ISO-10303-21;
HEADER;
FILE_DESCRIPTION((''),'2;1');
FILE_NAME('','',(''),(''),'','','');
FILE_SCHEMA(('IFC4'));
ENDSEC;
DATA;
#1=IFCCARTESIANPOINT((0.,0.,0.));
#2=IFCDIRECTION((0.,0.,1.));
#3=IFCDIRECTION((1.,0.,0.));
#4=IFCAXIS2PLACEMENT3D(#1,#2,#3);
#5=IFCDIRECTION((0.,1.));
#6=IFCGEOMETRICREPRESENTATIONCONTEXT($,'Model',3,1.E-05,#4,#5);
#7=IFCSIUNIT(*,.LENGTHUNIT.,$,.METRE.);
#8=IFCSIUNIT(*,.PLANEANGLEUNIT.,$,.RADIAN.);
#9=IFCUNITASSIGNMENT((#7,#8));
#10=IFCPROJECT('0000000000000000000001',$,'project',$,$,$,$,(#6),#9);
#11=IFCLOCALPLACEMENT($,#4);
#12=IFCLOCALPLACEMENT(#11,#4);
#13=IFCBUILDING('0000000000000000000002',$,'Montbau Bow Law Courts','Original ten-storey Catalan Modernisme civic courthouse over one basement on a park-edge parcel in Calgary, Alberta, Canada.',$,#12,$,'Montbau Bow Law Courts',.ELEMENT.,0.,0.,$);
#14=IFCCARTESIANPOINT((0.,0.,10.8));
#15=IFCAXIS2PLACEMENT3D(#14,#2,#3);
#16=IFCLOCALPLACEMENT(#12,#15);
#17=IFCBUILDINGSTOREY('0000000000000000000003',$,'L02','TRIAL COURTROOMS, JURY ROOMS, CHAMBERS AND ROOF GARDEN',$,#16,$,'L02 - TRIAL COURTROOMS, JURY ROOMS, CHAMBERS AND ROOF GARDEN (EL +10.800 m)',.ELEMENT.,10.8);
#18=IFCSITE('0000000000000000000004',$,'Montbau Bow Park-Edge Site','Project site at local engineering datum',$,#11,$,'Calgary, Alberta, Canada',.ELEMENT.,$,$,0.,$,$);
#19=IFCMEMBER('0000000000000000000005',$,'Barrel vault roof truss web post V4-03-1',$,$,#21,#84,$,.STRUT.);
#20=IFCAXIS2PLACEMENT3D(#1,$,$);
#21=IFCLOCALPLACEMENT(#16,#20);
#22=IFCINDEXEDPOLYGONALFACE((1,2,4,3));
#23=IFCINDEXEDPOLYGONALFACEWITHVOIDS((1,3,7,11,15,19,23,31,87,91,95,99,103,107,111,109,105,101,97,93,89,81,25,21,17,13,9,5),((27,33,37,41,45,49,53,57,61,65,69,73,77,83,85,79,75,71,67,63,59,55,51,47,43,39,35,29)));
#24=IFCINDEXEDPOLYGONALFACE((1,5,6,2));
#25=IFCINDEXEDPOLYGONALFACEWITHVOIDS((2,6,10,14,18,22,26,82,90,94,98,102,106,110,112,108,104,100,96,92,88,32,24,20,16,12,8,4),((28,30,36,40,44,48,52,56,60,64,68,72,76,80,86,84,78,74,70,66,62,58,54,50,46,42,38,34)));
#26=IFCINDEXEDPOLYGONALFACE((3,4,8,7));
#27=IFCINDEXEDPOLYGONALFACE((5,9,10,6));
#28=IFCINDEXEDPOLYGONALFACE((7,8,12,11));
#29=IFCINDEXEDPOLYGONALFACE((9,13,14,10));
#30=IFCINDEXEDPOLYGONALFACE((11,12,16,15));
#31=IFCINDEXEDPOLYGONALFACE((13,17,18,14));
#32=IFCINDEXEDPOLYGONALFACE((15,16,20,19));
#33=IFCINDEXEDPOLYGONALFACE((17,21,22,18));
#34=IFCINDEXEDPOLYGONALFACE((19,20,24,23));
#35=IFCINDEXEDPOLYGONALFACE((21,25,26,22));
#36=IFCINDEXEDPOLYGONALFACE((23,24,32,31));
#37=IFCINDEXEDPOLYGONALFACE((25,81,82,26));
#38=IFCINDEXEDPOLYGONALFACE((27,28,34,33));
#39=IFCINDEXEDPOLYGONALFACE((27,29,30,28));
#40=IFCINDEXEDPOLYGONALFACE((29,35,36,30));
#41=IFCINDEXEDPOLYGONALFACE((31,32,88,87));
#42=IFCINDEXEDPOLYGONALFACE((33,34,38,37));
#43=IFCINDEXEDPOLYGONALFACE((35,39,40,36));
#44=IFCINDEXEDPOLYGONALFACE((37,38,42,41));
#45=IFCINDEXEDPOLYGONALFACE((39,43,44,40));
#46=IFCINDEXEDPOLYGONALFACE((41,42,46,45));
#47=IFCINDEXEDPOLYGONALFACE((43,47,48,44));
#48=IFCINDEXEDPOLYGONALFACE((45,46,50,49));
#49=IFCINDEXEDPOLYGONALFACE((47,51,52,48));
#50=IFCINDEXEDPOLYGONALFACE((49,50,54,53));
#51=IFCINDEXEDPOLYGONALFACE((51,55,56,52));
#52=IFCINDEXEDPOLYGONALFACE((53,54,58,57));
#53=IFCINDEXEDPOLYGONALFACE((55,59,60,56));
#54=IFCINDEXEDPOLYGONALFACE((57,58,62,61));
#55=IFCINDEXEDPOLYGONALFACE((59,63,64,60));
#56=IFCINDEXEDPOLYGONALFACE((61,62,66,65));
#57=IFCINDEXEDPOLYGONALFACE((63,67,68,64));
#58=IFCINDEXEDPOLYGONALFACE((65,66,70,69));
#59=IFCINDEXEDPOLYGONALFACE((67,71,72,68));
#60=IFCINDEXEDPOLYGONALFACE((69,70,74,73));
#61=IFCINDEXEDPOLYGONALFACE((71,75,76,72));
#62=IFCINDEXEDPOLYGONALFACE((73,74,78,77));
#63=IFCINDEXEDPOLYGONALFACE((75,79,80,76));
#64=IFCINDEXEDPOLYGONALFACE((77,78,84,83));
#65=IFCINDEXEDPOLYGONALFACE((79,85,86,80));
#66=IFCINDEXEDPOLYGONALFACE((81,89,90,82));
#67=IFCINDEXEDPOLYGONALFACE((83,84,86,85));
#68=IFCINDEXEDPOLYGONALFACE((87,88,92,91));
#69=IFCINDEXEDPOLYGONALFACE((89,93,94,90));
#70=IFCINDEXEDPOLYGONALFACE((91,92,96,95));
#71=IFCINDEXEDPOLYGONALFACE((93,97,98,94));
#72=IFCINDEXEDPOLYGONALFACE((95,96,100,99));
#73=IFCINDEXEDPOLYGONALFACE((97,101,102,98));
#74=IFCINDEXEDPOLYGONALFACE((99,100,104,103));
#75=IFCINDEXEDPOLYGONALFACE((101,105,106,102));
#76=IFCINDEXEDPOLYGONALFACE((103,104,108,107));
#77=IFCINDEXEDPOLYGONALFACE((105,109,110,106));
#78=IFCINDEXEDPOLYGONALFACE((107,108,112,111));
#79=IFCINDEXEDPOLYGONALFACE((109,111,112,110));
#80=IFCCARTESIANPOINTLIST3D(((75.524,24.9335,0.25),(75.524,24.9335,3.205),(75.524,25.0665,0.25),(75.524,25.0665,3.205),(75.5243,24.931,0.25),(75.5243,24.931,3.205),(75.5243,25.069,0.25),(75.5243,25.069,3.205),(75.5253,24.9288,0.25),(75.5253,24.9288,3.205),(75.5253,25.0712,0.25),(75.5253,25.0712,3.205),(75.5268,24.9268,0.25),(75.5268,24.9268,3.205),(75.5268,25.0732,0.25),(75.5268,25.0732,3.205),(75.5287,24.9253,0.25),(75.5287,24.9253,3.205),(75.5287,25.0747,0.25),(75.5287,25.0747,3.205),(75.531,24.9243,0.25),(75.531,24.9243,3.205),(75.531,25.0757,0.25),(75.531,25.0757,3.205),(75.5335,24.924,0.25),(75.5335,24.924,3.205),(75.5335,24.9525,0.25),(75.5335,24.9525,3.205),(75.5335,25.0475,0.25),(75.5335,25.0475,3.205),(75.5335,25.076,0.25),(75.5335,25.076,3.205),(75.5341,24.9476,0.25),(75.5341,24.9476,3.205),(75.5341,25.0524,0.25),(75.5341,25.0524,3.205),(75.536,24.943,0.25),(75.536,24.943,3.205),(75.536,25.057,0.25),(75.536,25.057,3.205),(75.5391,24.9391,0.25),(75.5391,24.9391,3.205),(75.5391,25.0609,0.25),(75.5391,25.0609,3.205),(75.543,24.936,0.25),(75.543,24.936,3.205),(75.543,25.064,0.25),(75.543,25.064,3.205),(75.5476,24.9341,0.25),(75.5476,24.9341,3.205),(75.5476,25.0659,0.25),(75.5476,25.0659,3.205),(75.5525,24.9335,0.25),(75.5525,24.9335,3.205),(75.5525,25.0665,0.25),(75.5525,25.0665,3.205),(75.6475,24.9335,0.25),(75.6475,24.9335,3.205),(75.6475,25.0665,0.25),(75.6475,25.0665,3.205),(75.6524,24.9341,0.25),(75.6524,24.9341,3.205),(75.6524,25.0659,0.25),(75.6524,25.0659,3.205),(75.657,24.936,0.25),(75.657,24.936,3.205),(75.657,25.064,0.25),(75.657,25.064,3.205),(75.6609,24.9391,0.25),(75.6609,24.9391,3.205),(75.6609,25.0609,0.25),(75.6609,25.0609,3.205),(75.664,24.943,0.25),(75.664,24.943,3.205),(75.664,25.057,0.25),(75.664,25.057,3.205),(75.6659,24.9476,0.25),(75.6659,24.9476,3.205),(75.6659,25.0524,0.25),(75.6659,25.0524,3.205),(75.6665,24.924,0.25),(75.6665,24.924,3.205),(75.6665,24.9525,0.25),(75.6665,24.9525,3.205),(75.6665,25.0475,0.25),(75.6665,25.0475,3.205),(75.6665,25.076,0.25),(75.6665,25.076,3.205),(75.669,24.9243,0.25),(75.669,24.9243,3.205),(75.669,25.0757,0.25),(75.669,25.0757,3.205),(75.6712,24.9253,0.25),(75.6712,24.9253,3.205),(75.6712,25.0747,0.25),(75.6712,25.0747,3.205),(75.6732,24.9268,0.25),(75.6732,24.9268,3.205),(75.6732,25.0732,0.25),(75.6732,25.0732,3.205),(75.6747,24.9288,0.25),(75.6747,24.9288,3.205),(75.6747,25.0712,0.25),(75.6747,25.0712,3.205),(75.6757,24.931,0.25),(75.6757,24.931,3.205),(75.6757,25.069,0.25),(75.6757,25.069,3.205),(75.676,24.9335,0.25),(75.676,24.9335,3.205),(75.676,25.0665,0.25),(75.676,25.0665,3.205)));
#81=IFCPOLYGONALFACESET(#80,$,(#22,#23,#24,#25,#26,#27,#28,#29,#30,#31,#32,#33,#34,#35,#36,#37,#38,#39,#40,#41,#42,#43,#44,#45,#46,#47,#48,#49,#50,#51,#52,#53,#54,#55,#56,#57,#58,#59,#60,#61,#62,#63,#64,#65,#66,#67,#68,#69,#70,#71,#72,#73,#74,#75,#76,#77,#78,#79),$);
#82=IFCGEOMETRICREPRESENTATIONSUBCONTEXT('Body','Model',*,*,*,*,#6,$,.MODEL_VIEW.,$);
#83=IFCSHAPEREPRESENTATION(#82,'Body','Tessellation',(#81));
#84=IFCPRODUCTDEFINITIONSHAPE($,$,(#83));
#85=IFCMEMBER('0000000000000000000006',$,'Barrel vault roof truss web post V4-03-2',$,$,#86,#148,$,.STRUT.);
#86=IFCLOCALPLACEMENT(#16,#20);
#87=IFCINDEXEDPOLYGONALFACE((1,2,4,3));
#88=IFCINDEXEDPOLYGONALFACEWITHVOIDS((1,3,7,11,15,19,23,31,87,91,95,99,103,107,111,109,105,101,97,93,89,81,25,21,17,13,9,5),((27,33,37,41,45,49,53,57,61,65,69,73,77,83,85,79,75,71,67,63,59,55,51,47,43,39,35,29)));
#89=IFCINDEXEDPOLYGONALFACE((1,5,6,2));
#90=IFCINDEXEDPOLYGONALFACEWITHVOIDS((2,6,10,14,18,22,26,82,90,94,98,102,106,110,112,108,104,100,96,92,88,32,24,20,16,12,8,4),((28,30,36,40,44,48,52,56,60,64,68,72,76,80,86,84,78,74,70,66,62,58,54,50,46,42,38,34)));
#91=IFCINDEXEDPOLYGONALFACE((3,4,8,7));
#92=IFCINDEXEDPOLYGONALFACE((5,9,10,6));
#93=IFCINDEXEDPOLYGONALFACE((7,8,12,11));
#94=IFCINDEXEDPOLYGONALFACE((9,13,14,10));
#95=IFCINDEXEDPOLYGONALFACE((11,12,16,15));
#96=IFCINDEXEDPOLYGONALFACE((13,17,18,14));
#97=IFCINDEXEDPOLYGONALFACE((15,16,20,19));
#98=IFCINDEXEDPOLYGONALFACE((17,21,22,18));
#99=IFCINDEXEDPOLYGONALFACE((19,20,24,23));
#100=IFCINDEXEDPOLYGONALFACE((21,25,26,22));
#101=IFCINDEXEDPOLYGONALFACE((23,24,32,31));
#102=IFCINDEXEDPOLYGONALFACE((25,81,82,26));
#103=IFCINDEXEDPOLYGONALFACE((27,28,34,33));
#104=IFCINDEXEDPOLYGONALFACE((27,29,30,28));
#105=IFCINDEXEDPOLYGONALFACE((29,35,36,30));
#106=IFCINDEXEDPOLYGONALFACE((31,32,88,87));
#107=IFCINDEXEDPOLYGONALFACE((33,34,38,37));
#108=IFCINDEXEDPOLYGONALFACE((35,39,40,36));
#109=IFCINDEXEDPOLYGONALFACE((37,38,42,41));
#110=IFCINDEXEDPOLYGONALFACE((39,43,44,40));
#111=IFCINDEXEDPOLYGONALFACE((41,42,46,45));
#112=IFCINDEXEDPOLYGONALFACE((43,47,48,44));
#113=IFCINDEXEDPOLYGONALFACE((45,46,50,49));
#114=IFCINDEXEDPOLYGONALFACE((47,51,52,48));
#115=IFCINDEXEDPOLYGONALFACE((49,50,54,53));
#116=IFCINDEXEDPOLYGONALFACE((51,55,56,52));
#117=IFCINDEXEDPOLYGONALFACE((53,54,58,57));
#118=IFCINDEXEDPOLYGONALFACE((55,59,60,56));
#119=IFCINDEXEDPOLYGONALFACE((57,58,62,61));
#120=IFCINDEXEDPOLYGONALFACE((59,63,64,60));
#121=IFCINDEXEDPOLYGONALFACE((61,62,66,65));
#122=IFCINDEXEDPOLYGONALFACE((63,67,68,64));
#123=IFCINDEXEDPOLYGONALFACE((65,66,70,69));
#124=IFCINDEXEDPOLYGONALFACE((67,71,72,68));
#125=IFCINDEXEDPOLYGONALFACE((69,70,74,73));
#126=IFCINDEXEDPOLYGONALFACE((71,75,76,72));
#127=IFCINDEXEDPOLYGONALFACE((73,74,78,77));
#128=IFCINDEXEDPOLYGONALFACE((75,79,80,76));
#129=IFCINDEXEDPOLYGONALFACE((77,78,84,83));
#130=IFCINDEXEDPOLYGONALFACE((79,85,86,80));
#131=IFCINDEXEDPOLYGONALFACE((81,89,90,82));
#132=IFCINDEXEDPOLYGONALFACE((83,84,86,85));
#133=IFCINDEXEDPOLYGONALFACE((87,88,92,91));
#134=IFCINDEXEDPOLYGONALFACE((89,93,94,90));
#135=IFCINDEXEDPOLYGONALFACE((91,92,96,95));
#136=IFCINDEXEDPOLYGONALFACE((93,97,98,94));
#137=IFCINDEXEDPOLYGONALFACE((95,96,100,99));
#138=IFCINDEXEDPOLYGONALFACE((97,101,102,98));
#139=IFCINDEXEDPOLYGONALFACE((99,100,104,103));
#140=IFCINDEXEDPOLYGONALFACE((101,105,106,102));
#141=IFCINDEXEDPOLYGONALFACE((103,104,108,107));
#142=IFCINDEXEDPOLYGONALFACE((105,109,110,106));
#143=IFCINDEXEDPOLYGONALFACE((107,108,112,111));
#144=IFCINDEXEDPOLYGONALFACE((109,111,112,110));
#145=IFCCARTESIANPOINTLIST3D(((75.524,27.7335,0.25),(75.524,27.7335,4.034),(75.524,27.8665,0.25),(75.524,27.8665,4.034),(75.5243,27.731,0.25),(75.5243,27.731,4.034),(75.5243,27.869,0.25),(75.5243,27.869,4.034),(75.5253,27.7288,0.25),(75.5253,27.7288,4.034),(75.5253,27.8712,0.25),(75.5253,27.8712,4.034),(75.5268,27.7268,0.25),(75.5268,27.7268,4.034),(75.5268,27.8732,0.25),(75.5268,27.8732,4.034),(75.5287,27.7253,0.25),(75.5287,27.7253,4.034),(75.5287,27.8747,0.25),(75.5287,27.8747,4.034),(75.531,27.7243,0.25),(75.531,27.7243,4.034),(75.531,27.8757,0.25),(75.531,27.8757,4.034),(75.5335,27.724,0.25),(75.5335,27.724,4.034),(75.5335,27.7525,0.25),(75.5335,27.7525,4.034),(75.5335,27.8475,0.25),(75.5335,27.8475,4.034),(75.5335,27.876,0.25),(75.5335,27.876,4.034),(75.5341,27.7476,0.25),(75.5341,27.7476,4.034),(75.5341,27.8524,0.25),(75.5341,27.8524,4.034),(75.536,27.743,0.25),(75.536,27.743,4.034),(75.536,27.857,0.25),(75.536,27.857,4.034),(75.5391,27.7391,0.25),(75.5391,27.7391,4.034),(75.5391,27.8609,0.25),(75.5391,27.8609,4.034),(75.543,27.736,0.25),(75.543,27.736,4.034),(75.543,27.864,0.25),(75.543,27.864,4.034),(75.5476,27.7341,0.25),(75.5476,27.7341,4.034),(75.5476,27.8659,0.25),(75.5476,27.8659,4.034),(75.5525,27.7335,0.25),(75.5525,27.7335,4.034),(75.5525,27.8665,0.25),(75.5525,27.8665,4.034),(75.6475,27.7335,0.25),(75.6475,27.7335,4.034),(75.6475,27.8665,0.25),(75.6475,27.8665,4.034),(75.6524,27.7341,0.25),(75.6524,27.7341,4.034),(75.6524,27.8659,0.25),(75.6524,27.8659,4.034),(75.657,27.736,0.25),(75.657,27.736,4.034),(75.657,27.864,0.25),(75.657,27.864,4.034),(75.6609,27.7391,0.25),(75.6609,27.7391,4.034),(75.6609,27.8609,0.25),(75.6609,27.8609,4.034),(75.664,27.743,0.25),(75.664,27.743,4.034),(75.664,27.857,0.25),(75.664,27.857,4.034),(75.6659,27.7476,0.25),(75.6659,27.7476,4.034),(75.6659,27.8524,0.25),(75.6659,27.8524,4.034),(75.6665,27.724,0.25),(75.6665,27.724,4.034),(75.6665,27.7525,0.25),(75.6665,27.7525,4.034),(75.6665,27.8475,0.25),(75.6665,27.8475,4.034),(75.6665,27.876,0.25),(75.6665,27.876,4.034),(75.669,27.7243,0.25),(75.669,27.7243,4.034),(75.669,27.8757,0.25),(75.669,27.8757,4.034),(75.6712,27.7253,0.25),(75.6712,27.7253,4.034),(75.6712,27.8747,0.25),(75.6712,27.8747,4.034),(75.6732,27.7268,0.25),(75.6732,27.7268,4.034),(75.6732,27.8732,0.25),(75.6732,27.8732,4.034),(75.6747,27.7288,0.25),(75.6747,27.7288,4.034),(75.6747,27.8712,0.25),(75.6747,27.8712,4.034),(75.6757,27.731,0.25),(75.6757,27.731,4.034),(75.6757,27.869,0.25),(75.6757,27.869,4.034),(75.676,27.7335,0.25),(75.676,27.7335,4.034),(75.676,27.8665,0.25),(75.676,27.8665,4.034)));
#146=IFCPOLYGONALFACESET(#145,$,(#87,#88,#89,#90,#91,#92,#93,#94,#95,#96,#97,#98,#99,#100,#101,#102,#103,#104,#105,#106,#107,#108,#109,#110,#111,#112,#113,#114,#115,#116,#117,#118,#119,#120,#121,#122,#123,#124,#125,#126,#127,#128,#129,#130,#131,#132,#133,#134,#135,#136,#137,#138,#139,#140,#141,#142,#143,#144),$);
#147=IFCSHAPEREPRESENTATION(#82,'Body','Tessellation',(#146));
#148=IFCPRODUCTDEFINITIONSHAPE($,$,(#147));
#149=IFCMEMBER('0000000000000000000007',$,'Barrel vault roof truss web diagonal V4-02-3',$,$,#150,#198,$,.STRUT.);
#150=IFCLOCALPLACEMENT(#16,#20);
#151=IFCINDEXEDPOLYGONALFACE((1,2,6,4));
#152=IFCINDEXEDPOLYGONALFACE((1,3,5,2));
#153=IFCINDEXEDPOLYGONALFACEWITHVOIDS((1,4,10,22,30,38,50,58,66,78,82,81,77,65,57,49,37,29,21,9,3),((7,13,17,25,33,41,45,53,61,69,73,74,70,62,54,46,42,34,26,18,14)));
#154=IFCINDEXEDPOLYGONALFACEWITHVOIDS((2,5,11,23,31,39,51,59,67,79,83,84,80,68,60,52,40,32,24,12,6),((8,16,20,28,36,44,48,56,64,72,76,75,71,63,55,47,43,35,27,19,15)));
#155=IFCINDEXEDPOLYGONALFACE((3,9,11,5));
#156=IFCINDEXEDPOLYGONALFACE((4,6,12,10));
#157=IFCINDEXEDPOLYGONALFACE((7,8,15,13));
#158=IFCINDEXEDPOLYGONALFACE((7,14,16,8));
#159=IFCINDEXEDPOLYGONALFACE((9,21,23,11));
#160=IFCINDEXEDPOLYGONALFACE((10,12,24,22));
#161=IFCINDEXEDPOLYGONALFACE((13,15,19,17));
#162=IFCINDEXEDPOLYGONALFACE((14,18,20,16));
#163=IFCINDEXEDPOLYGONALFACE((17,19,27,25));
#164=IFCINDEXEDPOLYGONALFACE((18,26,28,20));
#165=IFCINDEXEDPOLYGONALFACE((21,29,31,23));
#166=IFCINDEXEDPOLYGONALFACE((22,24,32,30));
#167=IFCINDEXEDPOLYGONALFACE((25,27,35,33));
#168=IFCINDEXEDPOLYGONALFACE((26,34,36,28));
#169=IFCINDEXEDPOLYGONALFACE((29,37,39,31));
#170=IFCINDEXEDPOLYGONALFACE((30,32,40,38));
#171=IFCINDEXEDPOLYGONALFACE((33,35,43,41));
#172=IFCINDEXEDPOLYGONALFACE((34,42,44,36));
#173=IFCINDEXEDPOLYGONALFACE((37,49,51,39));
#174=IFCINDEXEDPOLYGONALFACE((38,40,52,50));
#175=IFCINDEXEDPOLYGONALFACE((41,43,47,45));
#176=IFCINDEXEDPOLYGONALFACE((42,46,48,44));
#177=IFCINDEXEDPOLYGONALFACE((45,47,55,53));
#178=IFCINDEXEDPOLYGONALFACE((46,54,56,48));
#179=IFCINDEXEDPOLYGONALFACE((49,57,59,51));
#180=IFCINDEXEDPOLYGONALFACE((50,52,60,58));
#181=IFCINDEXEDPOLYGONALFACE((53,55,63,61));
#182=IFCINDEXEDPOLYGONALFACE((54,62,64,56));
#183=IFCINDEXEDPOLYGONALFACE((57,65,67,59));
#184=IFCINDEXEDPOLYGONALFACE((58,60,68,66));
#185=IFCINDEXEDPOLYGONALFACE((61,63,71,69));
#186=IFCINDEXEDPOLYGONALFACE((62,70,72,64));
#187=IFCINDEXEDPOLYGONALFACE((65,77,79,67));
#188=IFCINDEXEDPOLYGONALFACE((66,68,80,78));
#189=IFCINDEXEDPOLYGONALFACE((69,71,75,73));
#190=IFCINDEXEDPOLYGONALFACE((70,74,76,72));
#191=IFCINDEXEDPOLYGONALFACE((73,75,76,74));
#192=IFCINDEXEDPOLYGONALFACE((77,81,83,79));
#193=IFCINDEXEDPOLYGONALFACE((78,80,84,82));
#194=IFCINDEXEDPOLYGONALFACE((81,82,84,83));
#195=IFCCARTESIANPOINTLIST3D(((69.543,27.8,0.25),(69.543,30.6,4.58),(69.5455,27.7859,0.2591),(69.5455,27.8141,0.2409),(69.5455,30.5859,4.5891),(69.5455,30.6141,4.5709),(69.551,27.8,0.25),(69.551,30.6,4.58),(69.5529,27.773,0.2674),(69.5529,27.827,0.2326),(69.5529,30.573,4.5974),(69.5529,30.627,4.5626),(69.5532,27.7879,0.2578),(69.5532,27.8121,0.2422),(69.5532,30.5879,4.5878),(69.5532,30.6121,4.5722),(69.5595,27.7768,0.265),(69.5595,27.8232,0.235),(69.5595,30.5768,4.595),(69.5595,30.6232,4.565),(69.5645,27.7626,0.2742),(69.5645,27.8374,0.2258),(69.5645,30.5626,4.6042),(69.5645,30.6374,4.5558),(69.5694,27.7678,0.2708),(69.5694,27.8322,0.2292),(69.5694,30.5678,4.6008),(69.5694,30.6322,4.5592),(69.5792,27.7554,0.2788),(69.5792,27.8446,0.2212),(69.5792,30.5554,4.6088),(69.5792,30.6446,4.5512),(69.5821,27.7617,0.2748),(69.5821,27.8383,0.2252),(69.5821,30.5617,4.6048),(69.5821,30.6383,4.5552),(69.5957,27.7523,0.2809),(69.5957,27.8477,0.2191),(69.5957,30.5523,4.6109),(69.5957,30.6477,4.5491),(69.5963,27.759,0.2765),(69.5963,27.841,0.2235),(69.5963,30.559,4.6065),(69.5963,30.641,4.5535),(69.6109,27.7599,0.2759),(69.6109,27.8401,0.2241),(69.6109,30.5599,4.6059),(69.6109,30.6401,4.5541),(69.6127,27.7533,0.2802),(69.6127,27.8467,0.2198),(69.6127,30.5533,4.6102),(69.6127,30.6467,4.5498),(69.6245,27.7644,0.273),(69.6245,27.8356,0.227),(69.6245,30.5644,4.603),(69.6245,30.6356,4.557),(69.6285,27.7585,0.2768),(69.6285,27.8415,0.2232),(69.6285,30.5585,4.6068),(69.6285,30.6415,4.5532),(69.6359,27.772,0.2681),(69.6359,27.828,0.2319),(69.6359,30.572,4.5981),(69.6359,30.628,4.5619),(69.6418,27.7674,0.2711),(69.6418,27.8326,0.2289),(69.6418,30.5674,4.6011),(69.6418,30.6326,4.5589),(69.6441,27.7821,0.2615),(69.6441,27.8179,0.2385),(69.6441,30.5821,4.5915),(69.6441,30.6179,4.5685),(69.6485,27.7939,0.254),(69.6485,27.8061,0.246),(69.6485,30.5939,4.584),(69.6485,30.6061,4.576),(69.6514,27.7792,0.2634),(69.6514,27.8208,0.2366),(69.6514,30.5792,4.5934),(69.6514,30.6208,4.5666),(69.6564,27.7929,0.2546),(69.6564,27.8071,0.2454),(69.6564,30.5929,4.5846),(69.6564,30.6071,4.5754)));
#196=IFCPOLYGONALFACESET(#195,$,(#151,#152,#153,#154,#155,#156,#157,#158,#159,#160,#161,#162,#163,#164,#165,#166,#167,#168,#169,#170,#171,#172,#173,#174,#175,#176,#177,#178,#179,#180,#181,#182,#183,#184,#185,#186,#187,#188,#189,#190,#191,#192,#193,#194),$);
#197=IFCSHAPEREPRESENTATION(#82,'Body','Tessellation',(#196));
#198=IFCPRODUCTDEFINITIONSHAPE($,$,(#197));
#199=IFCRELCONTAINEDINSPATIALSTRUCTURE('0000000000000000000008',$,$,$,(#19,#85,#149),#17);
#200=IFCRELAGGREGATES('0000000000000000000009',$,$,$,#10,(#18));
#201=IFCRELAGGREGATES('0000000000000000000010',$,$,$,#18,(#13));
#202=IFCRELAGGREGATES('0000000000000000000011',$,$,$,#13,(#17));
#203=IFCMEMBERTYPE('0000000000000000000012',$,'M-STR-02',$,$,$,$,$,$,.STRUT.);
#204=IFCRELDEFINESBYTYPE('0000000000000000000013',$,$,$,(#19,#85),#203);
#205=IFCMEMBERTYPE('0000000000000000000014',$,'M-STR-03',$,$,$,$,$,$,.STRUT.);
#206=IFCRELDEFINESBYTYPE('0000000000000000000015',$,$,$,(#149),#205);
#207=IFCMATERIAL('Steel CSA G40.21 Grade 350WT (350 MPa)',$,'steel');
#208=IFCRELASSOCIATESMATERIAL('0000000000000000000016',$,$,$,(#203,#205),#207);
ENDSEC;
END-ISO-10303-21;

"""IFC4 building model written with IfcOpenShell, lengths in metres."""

from ifc_helpers import new_model, si_unit, direction, frame, origin_with_axes, origin_2d_with_axis, place, context, subcontext, project, spatial, hollow_rectangle, hollow_circle, extrude, material, material_profile, profile_set, type_object, element, save


model = new_model("IFC4")

# Units and contexts
model_context = context("Model", 3, precision=1e-05, world=origin_with_axes(), true_north=direction((0.0, 1.0)))
body_context = subcontext(model_context, "Body", "Model", "MODEL_VIEW")
ifc_project = project(units=[si_unit("LENGTHUNIT", "METRE"), si_unit("PLANEANGLEUNIT", "RADIAN")], contexts=[model_context])

# Site, building, storey
site_placement = place(None, origin_with_axes())
site = spatial("IfcSite", under=ifc_project, at=site_placement, Name="Montbau Bow Park-Edge Site", Description="Project site at local engineering datum", LongName="Calgary, Alberta, Canada", CompositionType="ELEMENT", RefElevation=0.0)
building_placement = place(site_placement, origin_with_axes())
building = spatial("IfcBuilding", under=site, at=building_placement, Name="Montbau Bow Law Courts", Description="Original ten-storey Catalan Modernisme civic courthouse over one basement on a park-edge parcel in Calgary, Alberta, Canada.", LongName="Montbau Bow Law Courts", CompositionType="ELEMENT", ElevationOfRefHeight=0.0, ElevationOfTerrain=0.0)
storey_placement = place(building_placement, frame((0.0, 0.0, 10.8), z_axis=(0.0, 0.0, 1.0), x_axis=(1.0, 0.0, 0.0)))
storey = spatial("IfcBuildingStorey", under=building, at=storey_placement, Name="L02", Description="TRIAL COURTROOMS, JURY ROOMS, CHAMBERS AND ROOF GARDEN", LongName="L02 - TRIAL COURTROOMS, JURY ROOMS, CHAMBERS AND ROOF GARDEN (EL +10.800 m)", CompositionType="ELEMENT", Elevation=10.8)

# Shared definitions
ifc_material_1 = material(Name="Steel CSA G40.21 Grade 350WT (350 MPa)", Category="steel")

# Members
ifc_material_profile_1 = material_profile(ifc_material_1, hollow_rectangle(XDim=0.152, YDim=0.152, WallThickness=0.0095, InnerFilletRadius=0.019, OuterFilletRadius=0.0095, at=origin_2d_with_axis()), Name="HSS152X152X9.5", Category="Main", Priority=0)
ifc_profile_set_1 = profile_set([ifc_material_profile_1], Name="Steel CSA G40.21 Grade 350WT (350 MPa)")
member_type_1 = type_object("IfcMemberType", Name="M-STR-02", PredefinedType="STRUT", material=ifc_profile_set_1)
member_1_placement = place(None, frame((75.6, 25.0, 11.05), z_axis=(0.0, 0.0, 1.0), x_axis=(1.0, 0.0, 0.0)))
element("IfcMember", 1, at=member_1_placement, inside=storey, type_object=member_type_1, Name="Barrel vault roof truss web post V4-03-1", PredefinedType="STRUT", context=body_context, shape_type="SweptSolid", body=[
    extrude(hollow_rectangle(XDim=0.152, YDim=0.152, WallThickness=0.0095, InnerFilletRadius=0.019, OuterFilletRadius=0.0095, at=origin_2d_with_axis()), origin_with_axes(), (0.0, 0.0, 1.0), 2.955),
])
member_2_placement = place(None, frame((75.6, 27.8, 11.05), z_axis=(0.0, 0.0, 1.0), x_axis=(1.0, 0.0, 0.0)))
element("IfcMember", 2, at=member_2_placement, inside=storey, type_object=member_type_1, Name="Barrel vault roof truss web post V4-03-2", PredefinedType="STRUT", context=body_context, shape_type="SweptSolid", body=[
    extrude(hollow_rectangle(XDim=0.152, YDim=0.152, WallThickness=0.0095, InnerFilletRadius=0.019, OuterFilletRadius=0.0095, at=origin_2d_with_axis()), origin_with_axes(), (0.0, 0.0, 1.0), 3.784),
])
ifc_material_profile_2 = material_profile(ifc_material_1, hollow_circle(Radius=0.057, WallThickness=0.008, at=origin_2d_with_axis()), Name="HSS114X8.0", Category="Main", Priority=0)
ifc_profile_set_2 = profile_set([ifc_material_profile_2], Name="Steel CSA G40.21 Grade 350WT (350 MPa)")
member_type_2 = type_object("IfcMemberType", Name="M-STR-03", PredefinedType="STRUT", material=ifc_profile_set_2)
member_3_placement = place(None, frame((69.6, 27.8, 11.05), z_axis=(0.0, 0.54301, 0.839726), x_axis=(-1.0, 0.0, 0.0)))
element("IfcMember", 3, at=member_3_placement, inside=storey, type_object=member_type_2, Name="Barrel vault roof truss web diagonal V4-02-3", PredefinedType="STRUT", context=body_context, shape_type="SweptSolid", body=[
    extrude(hollow_circle(Radius=0.057, WallThickness=0.008, at=origin_2d_with_axis()), origin_with_axes(), (0.0, 0.0, 1.0), 5.1564),
])

save(model, "model.ifc")
